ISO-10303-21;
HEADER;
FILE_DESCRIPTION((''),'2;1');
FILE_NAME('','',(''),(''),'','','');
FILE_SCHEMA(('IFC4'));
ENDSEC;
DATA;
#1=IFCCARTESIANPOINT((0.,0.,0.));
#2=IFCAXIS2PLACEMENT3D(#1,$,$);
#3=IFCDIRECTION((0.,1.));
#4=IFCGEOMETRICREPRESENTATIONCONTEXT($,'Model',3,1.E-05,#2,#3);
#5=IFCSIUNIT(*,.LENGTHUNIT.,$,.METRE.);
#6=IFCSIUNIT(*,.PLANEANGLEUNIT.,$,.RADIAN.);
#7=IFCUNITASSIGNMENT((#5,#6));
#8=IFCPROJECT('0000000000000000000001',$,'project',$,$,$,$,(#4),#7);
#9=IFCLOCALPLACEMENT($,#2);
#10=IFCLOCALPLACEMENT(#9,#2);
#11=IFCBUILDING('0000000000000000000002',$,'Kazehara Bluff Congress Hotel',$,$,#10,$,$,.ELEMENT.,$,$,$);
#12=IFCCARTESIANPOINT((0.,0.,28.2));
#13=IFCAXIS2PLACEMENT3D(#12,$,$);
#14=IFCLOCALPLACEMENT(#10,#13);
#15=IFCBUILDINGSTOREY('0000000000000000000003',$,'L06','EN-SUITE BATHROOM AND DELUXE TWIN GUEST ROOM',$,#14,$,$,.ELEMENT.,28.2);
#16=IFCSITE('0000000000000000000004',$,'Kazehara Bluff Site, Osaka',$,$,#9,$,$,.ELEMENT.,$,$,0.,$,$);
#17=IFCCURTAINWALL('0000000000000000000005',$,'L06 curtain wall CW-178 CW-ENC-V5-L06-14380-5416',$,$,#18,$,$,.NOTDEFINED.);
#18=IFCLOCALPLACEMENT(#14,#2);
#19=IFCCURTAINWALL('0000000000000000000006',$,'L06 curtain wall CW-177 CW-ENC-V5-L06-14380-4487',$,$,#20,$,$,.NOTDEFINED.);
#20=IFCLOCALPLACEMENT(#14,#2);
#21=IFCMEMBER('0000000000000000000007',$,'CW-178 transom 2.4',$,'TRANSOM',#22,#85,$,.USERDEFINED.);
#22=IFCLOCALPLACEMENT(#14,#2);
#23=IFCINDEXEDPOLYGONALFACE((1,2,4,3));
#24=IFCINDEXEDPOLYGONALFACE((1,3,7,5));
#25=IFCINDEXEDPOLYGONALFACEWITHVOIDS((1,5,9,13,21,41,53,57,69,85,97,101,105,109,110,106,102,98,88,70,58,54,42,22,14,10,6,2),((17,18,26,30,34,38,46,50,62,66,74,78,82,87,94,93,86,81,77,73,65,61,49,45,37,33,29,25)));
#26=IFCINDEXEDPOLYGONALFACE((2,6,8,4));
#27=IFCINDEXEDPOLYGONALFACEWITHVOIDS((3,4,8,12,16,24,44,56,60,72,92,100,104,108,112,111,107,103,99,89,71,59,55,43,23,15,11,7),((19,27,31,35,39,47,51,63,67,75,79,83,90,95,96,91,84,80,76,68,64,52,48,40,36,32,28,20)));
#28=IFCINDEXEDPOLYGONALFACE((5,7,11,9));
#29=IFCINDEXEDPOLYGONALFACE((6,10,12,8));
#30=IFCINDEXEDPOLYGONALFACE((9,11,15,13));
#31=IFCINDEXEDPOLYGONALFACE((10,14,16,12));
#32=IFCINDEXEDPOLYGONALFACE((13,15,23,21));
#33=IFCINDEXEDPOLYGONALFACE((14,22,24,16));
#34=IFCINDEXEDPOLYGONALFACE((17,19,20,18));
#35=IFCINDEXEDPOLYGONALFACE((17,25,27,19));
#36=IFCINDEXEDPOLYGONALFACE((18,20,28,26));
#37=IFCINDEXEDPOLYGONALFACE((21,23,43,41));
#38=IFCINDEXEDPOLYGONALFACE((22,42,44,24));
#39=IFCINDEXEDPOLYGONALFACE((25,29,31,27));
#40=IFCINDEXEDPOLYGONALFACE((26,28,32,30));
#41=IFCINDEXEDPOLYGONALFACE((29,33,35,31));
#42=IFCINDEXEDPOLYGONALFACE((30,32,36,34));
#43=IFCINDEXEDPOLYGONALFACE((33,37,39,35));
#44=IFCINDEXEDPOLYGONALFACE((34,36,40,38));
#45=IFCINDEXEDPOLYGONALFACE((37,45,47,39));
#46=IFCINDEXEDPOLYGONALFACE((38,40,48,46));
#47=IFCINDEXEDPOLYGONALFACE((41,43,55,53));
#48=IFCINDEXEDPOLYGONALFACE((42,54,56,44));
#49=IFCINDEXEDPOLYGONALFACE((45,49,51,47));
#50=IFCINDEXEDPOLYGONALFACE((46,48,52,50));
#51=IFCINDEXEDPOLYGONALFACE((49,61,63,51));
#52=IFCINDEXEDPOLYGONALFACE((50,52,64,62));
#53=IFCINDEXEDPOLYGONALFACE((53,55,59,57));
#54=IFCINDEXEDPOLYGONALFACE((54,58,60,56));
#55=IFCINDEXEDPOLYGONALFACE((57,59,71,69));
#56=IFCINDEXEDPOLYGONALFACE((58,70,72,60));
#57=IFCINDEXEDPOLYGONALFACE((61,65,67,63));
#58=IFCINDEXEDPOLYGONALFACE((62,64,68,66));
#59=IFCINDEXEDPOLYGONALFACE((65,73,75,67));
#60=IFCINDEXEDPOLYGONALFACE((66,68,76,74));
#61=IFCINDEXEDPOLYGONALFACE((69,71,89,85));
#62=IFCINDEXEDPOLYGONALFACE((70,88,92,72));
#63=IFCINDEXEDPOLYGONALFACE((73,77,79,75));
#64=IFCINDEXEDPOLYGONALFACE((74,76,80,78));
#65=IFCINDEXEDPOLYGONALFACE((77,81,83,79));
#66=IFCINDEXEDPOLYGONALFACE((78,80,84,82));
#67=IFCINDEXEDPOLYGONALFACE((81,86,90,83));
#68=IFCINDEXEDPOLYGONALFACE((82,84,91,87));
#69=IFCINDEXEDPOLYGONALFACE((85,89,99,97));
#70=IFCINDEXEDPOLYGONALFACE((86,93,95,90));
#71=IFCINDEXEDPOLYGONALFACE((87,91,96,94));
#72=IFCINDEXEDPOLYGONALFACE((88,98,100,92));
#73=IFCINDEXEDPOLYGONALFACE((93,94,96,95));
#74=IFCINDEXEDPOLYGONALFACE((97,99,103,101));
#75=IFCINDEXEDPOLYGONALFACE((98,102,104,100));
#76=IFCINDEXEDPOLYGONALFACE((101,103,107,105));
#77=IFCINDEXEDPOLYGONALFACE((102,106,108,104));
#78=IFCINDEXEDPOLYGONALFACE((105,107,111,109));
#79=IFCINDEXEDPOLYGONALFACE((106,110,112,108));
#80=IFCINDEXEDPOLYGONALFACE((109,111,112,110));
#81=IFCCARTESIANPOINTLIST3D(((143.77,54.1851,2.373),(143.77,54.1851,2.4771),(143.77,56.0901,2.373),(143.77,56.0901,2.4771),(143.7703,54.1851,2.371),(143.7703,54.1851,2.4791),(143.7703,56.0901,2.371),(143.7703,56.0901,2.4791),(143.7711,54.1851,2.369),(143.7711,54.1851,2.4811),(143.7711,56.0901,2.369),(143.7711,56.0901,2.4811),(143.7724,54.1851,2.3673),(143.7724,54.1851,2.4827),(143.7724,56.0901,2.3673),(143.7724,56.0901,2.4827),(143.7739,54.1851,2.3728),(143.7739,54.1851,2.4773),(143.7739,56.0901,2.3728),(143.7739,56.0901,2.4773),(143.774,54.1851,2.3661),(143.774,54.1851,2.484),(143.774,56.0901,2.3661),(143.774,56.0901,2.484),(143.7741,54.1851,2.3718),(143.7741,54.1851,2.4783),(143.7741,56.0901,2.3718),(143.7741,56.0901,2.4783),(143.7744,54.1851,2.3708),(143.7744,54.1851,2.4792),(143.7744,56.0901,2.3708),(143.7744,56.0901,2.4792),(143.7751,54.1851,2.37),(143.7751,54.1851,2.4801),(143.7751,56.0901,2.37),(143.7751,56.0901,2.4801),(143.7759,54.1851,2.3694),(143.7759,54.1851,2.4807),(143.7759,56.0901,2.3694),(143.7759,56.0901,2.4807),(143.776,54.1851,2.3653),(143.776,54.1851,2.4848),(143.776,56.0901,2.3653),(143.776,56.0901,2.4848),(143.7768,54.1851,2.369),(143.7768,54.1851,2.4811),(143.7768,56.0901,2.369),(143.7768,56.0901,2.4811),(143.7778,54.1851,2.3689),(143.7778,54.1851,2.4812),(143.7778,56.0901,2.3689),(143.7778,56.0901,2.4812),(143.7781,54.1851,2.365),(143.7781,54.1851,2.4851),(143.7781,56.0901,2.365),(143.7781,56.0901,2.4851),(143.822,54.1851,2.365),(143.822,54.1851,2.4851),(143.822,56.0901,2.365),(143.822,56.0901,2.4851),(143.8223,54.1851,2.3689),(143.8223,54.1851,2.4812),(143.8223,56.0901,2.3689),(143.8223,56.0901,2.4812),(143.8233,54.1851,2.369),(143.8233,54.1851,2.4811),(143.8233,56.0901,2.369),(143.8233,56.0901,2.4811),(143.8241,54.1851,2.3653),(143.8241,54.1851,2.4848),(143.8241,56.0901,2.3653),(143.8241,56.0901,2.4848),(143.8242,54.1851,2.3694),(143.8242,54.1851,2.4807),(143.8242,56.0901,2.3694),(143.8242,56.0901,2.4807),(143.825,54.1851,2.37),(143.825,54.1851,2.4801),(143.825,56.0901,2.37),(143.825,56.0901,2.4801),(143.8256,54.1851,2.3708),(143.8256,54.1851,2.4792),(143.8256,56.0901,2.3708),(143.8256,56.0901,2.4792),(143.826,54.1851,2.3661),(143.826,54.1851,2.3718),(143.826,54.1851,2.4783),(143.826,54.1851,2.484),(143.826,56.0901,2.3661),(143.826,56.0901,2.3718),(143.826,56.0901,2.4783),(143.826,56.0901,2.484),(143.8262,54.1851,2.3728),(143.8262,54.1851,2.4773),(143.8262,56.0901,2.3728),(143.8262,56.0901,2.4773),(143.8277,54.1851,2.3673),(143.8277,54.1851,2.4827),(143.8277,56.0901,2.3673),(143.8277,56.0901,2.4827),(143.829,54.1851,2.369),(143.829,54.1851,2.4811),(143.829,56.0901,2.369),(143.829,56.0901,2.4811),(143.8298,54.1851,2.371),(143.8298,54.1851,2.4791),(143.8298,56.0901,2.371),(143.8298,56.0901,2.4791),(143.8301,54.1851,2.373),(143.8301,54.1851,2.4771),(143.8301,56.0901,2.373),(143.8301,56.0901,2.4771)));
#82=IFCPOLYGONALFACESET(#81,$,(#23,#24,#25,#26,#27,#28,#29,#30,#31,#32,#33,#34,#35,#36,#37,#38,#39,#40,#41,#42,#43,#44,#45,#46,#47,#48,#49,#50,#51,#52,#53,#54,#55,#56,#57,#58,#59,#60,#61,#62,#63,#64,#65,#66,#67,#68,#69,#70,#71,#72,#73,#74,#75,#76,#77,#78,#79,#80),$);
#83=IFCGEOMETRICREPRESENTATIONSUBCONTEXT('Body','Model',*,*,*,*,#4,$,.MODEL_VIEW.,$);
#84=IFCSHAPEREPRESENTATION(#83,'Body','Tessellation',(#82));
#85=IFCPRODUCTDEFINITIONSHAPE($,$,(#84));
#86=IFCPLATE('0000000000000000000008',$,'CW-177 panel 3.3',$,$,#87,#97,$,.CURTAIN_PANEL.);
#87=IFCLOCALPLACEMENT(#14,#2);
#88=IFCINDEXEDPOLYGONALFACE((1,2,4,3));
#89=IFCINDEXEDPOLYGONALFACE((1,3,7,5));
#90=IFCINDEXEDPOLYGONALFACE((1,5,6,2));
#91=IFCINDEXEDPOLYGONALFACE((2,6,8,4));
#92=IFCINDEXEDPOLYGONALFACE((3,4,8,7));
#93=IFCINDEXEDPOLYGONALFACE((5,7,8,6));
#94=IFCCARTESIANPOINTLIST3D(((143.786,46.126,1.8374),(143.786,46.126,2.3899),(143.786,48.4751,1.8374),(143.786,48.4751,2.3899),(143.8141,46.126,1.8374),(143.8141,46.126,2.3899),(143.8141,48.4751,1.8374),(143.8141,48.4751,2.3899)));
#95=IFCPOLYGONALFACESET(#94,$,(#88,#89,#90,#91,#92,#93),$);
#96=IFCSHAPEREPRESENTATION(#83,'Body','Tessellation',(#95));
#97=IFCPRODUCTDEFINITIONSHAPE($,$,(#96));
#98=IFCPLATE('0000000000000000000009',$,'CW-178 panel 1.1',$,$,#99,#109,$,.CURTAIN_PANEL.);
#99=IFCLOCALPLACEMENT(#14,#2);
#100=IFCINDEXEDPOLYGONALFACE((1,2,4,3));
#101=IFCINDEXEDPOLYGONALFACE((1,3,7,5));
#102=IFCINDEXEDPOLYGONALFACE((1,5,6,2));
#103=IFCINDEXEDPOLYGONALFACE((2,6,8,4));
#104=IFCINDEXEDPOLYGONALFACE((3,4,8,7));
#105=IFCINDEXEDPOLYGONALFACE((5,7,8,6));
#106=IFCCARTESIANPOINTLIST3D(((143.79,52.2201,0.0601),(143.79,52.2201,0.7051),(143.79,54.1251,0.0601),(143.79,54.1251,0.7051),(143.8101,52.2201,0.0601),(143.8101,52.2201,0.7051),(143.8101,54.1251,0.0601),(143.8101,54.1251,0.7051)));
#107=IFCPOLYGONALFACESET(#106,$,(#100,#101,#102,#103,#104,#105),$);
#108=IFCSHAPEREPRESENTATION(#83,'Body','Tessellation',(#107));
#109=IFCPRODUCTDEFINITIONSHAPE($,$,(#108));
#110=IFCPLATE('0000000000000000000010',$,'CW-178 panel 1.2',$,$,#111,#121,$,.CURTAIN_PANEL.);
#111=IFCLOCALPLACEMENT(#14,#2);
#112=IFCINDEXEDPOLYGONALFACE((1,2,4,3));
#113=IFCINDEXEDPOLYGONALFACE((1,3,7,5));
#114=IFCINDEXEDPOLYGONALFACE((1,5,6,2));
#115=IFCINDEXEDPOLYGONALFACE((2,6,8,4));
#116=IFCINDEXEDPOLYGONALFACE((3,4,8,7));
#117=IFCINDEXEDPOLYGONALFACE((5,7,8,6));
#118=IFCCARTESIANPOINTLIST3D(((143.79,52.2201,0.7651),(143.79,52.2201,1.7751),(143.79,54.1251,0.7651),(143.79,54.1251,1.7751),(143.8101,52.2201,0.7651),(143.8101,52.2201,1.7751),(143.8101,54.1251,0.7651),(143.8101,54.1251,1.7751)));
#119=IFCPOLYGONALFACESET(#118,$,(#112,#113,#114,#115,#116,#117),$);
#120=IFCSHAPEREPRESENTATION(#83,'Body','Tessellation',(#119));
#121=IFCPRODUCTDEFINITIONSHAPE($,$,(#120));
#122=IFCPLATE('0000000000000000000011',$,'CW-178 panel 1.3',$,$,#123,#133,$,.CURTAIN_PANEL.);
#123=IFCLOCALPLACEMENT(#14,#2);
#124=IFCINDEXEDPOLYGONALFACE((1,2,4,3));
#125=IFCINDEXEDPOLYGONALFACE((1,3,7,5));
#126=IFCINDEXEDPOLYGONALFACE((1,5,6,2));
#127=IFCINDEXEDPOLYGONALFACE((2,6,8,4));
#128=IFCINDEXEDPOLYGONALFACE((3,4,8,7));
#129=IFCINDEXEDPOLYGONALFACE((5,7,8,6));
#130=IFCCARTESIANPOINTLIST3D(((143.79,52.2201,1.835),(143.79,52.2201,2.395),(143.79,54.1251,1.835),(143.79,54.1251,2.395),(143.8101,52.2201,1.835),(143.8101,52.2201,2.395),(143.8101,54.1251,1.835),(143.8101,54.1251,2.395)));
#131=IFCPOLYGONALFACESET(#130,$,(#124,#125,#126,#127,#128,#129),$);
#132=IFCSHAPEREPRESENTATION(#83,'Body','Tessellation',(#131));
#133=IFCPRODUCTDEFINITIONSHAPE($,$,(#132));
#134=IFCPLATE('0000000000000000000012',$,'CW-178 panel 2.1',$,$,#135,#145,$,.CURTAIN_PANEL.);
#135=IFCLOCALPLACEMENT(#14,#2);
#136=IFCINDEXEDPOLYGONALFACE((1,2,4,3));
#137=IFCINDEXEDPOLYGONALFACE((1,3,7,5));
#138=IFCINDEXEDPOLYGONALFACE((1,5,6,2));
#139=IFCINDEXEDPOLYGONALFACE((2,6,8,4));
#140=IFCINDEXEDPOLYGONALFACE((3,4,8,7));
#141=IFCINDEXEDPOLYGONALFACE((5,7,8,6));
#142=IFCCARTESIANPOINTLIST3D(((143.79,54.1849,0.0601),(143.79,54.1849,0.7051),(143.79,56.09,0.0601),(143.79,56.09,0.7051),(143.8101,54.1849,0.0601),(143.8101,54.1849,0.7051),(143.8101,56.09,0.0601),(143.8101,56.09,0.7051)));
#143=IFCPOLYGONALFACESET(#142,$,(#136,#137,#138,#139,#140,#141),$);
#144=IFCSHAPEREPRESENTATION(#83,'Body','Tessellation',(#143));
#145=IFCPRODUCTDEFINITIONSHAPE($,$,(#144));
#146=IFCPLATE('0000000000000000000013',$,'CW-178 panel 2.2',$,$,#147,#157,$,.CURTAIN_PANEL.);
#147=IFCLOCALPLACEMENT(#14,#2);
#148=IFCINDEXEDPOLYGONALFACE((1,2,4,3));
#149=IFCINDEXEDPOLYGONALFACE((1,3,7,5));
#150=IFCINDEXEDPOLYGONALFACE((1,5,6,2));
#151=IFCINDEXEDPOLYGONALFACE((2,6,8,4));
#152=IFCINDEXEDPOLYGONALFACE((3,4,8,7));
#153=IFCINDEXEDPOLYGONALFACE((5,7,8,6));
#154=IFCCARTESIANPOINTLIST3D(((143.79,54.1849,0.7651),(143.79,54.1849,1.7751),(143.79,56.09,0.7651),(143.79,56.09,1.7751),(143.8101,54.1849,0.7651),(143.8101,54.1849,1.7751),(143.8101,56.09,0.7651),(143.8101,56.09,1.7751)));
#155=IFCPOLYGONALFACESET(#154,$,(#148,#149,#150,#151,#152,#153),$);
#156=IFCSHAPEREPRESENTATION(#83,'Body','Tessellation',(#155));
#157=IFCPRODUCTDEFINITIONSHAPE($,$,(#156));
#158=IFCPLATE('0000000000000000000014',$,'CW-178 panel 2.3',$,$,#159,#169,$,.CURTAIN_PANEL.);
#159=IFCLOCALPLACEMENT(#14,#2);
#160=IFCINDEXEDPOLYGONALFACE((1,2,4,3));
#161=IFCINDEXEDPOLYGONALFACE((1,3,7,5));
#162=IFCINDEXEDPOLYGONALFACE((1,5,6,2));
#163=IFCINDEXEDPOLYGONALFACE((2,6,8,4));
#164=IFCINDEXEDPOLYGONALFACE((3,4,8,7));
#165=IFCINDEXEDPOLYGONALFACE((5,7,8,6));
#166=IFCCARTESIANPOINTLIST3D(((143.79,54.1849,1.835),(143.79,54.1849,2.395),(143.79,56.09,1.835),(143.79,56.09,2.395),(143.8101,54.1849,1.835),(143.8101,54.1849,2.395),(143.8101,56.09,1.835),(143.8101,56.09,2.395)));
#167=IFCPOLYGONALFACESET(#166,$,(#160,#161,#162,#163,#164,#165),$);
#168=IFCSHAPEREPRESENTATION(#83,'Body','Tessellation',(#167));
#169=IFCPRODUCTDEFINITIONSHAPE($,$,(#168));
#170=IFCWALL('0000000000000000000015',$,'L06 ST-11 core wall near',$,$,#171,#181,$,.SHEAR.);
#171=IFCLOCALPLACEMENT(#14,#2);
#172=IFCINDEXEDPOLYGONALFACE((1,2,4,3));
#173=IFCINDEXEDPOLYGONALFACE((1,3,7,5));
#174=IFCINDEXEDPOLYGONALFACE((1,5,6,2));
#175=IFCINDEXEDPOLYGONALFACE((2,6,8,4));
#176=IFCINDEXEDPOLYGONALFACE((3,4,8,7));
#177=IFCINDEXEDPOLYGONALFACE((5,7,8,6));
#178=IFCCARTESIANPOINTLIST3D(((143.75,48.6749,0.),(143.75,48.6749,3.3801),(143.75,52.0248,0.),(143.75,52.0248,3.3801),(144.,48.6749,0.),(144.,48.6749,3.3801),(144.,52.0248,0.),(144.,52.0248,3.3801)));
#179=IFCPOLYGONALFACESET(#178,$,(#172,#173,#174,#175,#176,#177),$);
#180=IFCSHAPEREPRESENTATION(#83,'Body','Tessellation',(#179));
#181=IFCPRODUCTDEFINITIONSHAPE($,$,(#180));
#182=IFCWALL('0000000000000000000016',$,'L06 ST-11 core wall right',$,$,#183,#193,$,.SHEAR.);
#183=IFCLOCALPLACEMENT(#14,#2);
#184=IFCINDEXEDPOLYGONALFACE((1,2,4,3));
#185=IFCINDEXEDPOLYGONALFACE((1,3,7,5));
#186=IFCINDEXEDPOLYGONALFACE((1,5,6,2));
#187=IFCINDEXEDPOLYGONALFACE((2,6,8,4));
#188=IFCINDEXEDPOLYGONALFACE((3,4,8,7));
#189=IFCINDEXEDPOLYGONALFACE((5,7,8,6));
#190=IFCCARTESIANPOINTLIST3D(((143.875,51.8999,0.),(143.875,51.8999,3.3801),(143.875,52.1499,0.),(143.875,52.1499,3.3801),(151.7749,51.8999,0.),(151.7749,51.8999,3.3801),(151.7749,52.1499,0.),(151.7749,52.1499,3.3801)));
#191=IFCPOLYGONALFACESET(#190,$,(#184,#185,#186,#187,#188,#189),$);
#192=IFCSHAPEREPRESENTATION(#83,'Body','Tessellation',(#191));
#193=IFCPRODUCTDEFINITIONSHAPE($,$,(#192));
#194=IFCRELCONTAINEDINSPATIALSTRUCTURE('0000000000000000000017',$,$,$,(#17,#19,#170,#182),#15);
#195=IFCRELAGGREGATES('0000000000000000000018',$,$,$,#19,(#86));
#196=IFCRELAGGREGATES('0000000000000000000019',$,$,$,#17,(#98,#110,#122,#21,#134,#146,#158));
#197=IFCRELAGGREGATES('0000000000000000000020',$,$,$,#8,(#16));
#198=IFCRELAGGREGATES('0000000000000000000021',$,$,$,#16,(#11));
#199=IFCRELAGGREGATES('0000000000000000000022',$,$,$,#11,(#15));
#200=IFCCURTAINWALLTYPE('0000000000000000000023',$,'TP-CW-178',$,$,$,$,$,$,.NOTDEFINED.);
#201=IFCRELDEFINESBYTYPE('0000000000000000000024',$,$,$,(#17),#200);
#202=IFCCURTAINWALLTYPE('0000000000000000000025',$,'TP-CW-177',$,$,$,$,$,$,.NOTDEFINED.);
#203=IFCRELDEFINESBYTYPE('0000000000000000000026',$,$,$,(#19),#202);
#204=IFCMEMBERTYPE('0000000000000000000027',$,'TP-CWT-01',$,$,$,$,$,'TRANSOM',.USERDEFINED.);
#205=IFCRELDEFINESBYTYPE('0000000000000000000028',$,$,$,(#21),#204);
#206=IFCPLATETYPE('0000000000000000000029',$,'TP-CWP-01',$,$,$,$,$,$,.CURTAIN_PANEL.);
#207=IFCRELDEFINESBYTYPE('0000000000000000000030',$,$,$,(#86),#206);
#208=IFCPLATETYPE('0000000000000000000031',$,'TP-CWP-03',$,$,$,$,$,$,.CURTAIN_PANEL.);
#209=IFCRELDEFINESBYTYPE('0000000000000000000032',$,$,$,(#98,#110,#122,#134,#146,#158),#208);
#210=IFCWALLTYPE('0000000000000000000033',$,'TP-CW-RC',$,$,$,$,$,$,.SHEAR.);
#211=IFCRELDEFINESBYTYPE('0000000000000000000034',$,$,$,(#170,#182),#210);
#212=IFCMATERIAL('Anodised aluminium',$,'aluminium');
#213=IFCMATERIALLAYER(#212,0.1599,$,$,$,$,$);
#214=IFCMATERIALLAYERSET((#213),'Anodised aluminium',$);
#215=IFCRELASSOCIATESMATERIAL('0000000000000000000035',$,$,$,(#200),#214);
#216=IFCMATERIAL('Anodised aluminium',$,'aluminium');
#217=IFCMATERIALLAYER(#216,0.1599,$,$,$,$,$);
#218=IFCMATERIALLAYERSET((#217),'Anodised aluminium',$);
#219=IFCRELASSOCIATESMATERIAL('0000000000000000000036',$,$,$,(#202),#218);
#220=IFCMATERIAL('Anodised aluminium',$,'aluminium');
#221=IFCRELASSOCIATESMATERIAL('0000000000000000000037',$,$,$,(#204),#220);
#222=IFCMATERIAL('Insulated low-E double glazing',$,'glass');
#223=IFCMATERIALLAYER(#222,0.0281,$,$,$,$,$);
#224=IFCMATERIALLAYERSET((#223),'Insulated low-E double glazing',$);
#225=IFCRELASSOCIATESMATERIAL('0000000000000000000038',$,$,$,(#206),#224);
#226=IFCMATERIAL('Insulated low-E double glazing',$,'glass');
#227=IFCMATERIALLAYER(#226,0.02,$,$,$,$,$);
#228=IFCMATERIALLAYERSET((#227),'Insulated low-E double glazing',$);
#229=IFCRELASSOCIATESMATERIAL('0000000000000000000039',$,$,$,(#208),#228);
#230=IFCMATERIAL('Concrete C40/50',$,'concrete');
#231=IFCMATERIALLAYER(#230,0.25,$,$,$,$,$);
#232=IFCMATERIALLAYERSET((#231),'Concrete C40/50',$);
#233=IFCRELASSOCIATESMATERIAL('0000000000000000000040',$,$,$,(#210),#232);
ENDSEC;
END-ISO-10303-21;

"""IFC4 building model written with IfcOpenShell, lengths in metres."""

from ifc_helpers import new_model, si_unit, direction, frame, frame_2d, origin, origin_2d, place, context, subcontext, project, spatial, rectangle, hollow_rectangle, extrude, material, layer, layer_set, material_profile, profile_set, type_object, element, aggregate, save


model = new_model("IFC4")

# Units and contexts
model_context = context("Model", 3, precision=1e-05, world=origin(), true_north=direction((0.0, 1.0)))
body_context = subcontext(model_context, "Body", "Model", "MODEL_VIEW")
ifc_project = project(units=[si_unit("LENGTHUNIT", "METRE"), si_unit("PLANEANGLEUNIT", "RADIAN")], contexts=[model_context])

# Site, building, storey
site_placement = place(None, origin())
site = spatial("IfcSite", under=ifc_project, at=site_placement, Name="Kazehara Bluff Site, Osaka", CompositionType="ELEMENT", RefElevation=0.0)
building_placement = place(site_placement, origin())
building = spatial("IfcBuilding", under=site, at=building_placement, Name="Kazehara Bluff Congress Hotel", CompositionType="ELEMENT")
storey_placement = place(building_placement, frame((0.0, 0.0, 28.2)))
storey = spatial("IfcBuildingStorey", under=building, at=storey_placement, Name="L06", Description="EN-SUITE BATHROOM AND DELUXE TWIN GUEST ROOM", CompositionType="ELEMENT", Elevation=28.2)

# Curtain wall
ifc_material_1 = material(Name="Anodised aluminium", Category="aluminium")
ifc_layer_1 = layer(ifc_material_1, 0.1599)
ifc_layer_set_1 = layer_set([ifc_layer_1], Name="Anodised aluminium")
curtain_wall_type_1 = type_object("IfcCurtainWallType", Name="TP-CW-178", PredefinedType="NOTDEFINED", material=ifc_layer_set_1)
curtain_wall_1_placement = place(storey_placement, origin())
curtain_wall_1 = element("IfcCurtainWall", 1, at=curtain_wall_1_placement, inside=storey, type_object=curtain_wall_type_1, Name="L06 curtain wall CW-178 CW-ENC-V5-L06-14380-5416", PredefinedType="NOTDEFINED")

# Curtain wall
ifc_material_2 = material(Name="Anodised aluminium", Category="aluminium")
ifc_layer_2 = layer(ifc_material_2, 0.1599)
ifc_layer_set_2 = layer_set([ifc_layer_2], Name="Anodised aluminium")
curtain_wall_type_2 = type_object("IfcCurtainWallType", Name="TP-CW-177", PredefinedType="NOTDEFINED", material=ifc_layer_set_2)
curtain_wall_2_placement = place(storey_placement, origin())
curtain_wall_2 = element("IfcCurtainWall", 2, at=curtain_wall_2_placement, inside=storey, type_object=curtain_wall_type_2, Name="L06 curtain wall CW-177 CW-ENC-V5-L06-14380-4487", PredefinedType="NOTDEFINED")

# Member
ifc_material_3 = material(Name="Anodised aluminium", Category="aluminium")
ifc_material_profile_1 = material_profile(ifc_material_3, hollow_rectangle(XDim=0.0601, YDim=0.1201, WallThickness=0.0039, InnerFilletRadius=0.0039, OuterFilletRadius=0.0081, at=origin_2d()))
ifc_profile_set_1 = profile_set([ifc_material_profile_1], Name="Anodised aluminium")
member_type_1 = type_object("IfcMemberType", Name="TP-CWT-01", ElementType="TRANSOM", PredefinedType="USERDEFINED", material=ifc_profile_set_1)
member_1_placement = place(storey_placement, frame((143.8, 54.1851, 2.425), z_axis=(0.0, 1.0, 0.0), x_axis=(-1.0, 0.0, 0.0)))
member_1 = element("IfcMember", 3, at=member_1_placement, type_object=member_type_1, Name="CW-178 transom 2.4", ObjectType="TRANSOM", PredefinedType="USERDEFINED", context=body_context, shape_type="SweptSolid", body=[
    extrude(hollow_rectangle(XDim=0.0601, YDim=0.1201, WallThickness=0.0039, InnerFilletRadius=0.0039, OuterFilletRadius=0.0081, at=origin_2d()), origin(), (0.0, 0.0, 1.0), 1.905),
])

# Plates
ifc_material_4 = material(Name="Insulated low-E double glazing", Category="glass")
ifc_layer_3 = layer(ifc_material_4, 0.0281)
ifc_layer_set_3 = layer_set([ifc_layer_3], Name="Insulated low-E double glazing")
plate_type_1 = type_object("IfcPlateType", Name="TP-CWP-01", PredefinedType="CURTAIN_PANEL", material=ifc_layer_set_3)
plate_1_placement = place(storey_placement, frame((143.8, 47.3005, 1.8374), z_axis=(0.0, 0.0, 1.0), x_axis=(0.0, 1.0, 0.0)))
plate_1 = element("IfcPlate", 4, at=plate_1_placement, type_object=plate_type_1, Name="CW-177 panel 3.3", PredefinedType="CURTAIN_PANEL", context=body_context, shape_type="SweptSolid", body=[
    extrude(rectangle(XDim=2.3491, YDim=0.0281, at=origin_2d()), origin(), (0.0, 0.0, 1.0), 0.5525),
])
aggregate(curtain_wall_2, [plate_1])
ifc_material_5 = material(Name="Insulated low-E double glazing", Category="glass")
ifc_layer_4 = layer(ifc_material_5, 0.02)
ifc_layer_set_4 = layer_set([ifc_layer_4], Name="Insulated low-E double glazing")
plate_type_2 = type_object("IfcPlateType", Name="TP-CWP-03", PredefinedType="CURTAIN_PANEL", material=ifc_layer_set_4)
plate_2_placement = place(storey_placement, frame((143.8, 53.1726, 0.0601), z_axis=(0.0, 0.0, 1.0), x_axis=(0.0, 1.0, 0.0)))
plate_2 = element("IfcPlate", 5, at=plate_2_placement, type_object=plate_type_2, Name="CW-178 panel 1.1", PredefinedType="CURTAIN_PANEL", context=body_context, shape_type="SweptSolid", body=[
    extrude(rectangle(XDim=1.905, YDim=0.02, at=origin_2d()), origin(), (0.0, 0.0, 1.0), 0.645),
])
plate_3_placement = place(storey_placement, frame((143.8, 53.1726, 0.7651), z_axis=(0.0, 0.0, 1.0), x_axis=(0.0, 1.0, 0.0)))
plate_3 = element("IfcPlate", 6, at=plate_3_placement, type_object=plate_type_2, Name="CW-178 panel 1.2", PredefinedType="CURTAIN_PANEL", context=body_context, shape_type="SweptSolid", body=[
    extrude(rectangle(XDim=1.905, YDim=0.02, at=origin_2d()), origin(), (0.0, 0.0, 1.0), 1.01),
])
plate_4_placement = place(storey_placement, frame((143.8, 53.1726, 1.835), z_axis=(0.0, 0.0, 1.0), x_axis=(0.0, 1.0, 0.0)))
plate_4 = element("IfcPlate", 7, at=plate_4_placement, type_object=plate_type_2, Name="CW-178 panel 1.3", PredefinedType="CURTAIN_PANEL", context=body_context, shape_type="SweptSolid", body=[
    extrude(rectangle(XDim=1.905, YDim=0.02, at=origin_2d()), origin(), (0.0, 0.0, 1.0), 0.5601),
])
plate_5_placement = place(storey_placement, frame((143.8, 55.1375, 0.0601), z_axis=(0.0, 0.0, 1.0), x_axis=(0.0, 1.0, 0.0)))
plate_5 = element("IfcPlate", 8, at=plate_5_placement, type_object=plate_type_2, Name="CW-178 panel 2.1", PredefinedType="CURTAIN_PANEL", context=body_context, shape_type="SweptSolid", body=[
    extrude(rectangle(XDim=1.905, YDim=0.02, at=origin_2d()), origin(), (0.0, 0.0, 1.0), 0.645),
])
plate_6_placement = place(storey_placement, frame((143.8, 55.1375, 0.7651), z_axis=(0.0, 0.0, 1.0), x_axis=(0.0, 1.0, 0.0)))
plate_6 = element("IfcPlate", 9, at=plate_6_placement, type_object=plate_type_2, Name="CW-178 panel 2.2", PredefinedType="CURTAIN_PANEL", context=body_context, shape_type="SweptSolid", body=[
    extrude(rectangle(XDim=1.905, YDim=0.02, at=origin_2d()), origin(), (0.0, 0.0, 1.0), 1.01),
])
plate_7_placement = place(storey_placement, frame((143.8, 55.1375, 1.835), z_axis=(0.0, 0.0, 1.0), x_axis=(0.0, 1.0, 0.0)))
plate_7 = element("IfcPlate", 10, at=plate_7_placement, type_object=plate_type_2, Name="CW-178 panel 2.3", PredefinedType="CURTAIN_PANEL", context=body_context, shape_type="SweptSolid", body=[
    extrude(rectangle(XDim=1.905, YDim=0.02, at=origin_2d()), origin(), (0.0, 0.0, 1.0), 0.5601),
])
aggregate(curtain_wall_1, [plate_2, plate_3, plate_4, member_1, plate_5, plate_6, plate_7])

# Walls
ifc_material_6 = material(Name="Concrete C40/50", Category="concrete")
ifc_layer_5 = layer(ifc_material_6, 0.25)
ifc_layer_set_5 = layer_set([ifc_layer_5], Name="Concrete C40/50")
wall_type = type_object("IfcWallType", Name="TP-CW-RC", PredefinedType="SHEAR", material=ifc_layer_set_5)
wall_1_placement = place(storey_placement, frame((143.875, 48.675, 0.0), z_axis=(0.0, 0.0, 1.0), x_axis=(0.0, 1.0, 0.0)))
element("IfcWall", 11, at=wall_1_placement, inside=storey, type_object=wall_type, Name="L06 ST-11 core wall near", PredefinedType="SHEAR", context=body_context, shape_type="SweptSolid", body=[
    extrude(rectangle(XDim=3.3499, YDim=0.25, at=frame_2d((1.6748, 0.0))), origin(), (0.0, 0.0, 1.0), 3.3801),
])
wall_2_placement = place(storey_placement, frame((143.875, 52.0249, 0.0), z_axis=(0.0, 0.0, 1.0), x_axis=(1.0, 0.0, 0.0)))
element("IfcWall", 12, at=wall_2_placement, inside=storey, type_object=wall_type, Name="L06 ST-11 core wall right", PredefinedType="SHEAR", context=body_context, shape_type="SweptSolid", body=[
    extrude(rectangle(XDim=7.8999, YDim=0.25, at=frame_2d((3.95, 0.0))), origin(), (0.0, 0.0, 1.0), 3.3801),
])

save(model, "model.ifc")
